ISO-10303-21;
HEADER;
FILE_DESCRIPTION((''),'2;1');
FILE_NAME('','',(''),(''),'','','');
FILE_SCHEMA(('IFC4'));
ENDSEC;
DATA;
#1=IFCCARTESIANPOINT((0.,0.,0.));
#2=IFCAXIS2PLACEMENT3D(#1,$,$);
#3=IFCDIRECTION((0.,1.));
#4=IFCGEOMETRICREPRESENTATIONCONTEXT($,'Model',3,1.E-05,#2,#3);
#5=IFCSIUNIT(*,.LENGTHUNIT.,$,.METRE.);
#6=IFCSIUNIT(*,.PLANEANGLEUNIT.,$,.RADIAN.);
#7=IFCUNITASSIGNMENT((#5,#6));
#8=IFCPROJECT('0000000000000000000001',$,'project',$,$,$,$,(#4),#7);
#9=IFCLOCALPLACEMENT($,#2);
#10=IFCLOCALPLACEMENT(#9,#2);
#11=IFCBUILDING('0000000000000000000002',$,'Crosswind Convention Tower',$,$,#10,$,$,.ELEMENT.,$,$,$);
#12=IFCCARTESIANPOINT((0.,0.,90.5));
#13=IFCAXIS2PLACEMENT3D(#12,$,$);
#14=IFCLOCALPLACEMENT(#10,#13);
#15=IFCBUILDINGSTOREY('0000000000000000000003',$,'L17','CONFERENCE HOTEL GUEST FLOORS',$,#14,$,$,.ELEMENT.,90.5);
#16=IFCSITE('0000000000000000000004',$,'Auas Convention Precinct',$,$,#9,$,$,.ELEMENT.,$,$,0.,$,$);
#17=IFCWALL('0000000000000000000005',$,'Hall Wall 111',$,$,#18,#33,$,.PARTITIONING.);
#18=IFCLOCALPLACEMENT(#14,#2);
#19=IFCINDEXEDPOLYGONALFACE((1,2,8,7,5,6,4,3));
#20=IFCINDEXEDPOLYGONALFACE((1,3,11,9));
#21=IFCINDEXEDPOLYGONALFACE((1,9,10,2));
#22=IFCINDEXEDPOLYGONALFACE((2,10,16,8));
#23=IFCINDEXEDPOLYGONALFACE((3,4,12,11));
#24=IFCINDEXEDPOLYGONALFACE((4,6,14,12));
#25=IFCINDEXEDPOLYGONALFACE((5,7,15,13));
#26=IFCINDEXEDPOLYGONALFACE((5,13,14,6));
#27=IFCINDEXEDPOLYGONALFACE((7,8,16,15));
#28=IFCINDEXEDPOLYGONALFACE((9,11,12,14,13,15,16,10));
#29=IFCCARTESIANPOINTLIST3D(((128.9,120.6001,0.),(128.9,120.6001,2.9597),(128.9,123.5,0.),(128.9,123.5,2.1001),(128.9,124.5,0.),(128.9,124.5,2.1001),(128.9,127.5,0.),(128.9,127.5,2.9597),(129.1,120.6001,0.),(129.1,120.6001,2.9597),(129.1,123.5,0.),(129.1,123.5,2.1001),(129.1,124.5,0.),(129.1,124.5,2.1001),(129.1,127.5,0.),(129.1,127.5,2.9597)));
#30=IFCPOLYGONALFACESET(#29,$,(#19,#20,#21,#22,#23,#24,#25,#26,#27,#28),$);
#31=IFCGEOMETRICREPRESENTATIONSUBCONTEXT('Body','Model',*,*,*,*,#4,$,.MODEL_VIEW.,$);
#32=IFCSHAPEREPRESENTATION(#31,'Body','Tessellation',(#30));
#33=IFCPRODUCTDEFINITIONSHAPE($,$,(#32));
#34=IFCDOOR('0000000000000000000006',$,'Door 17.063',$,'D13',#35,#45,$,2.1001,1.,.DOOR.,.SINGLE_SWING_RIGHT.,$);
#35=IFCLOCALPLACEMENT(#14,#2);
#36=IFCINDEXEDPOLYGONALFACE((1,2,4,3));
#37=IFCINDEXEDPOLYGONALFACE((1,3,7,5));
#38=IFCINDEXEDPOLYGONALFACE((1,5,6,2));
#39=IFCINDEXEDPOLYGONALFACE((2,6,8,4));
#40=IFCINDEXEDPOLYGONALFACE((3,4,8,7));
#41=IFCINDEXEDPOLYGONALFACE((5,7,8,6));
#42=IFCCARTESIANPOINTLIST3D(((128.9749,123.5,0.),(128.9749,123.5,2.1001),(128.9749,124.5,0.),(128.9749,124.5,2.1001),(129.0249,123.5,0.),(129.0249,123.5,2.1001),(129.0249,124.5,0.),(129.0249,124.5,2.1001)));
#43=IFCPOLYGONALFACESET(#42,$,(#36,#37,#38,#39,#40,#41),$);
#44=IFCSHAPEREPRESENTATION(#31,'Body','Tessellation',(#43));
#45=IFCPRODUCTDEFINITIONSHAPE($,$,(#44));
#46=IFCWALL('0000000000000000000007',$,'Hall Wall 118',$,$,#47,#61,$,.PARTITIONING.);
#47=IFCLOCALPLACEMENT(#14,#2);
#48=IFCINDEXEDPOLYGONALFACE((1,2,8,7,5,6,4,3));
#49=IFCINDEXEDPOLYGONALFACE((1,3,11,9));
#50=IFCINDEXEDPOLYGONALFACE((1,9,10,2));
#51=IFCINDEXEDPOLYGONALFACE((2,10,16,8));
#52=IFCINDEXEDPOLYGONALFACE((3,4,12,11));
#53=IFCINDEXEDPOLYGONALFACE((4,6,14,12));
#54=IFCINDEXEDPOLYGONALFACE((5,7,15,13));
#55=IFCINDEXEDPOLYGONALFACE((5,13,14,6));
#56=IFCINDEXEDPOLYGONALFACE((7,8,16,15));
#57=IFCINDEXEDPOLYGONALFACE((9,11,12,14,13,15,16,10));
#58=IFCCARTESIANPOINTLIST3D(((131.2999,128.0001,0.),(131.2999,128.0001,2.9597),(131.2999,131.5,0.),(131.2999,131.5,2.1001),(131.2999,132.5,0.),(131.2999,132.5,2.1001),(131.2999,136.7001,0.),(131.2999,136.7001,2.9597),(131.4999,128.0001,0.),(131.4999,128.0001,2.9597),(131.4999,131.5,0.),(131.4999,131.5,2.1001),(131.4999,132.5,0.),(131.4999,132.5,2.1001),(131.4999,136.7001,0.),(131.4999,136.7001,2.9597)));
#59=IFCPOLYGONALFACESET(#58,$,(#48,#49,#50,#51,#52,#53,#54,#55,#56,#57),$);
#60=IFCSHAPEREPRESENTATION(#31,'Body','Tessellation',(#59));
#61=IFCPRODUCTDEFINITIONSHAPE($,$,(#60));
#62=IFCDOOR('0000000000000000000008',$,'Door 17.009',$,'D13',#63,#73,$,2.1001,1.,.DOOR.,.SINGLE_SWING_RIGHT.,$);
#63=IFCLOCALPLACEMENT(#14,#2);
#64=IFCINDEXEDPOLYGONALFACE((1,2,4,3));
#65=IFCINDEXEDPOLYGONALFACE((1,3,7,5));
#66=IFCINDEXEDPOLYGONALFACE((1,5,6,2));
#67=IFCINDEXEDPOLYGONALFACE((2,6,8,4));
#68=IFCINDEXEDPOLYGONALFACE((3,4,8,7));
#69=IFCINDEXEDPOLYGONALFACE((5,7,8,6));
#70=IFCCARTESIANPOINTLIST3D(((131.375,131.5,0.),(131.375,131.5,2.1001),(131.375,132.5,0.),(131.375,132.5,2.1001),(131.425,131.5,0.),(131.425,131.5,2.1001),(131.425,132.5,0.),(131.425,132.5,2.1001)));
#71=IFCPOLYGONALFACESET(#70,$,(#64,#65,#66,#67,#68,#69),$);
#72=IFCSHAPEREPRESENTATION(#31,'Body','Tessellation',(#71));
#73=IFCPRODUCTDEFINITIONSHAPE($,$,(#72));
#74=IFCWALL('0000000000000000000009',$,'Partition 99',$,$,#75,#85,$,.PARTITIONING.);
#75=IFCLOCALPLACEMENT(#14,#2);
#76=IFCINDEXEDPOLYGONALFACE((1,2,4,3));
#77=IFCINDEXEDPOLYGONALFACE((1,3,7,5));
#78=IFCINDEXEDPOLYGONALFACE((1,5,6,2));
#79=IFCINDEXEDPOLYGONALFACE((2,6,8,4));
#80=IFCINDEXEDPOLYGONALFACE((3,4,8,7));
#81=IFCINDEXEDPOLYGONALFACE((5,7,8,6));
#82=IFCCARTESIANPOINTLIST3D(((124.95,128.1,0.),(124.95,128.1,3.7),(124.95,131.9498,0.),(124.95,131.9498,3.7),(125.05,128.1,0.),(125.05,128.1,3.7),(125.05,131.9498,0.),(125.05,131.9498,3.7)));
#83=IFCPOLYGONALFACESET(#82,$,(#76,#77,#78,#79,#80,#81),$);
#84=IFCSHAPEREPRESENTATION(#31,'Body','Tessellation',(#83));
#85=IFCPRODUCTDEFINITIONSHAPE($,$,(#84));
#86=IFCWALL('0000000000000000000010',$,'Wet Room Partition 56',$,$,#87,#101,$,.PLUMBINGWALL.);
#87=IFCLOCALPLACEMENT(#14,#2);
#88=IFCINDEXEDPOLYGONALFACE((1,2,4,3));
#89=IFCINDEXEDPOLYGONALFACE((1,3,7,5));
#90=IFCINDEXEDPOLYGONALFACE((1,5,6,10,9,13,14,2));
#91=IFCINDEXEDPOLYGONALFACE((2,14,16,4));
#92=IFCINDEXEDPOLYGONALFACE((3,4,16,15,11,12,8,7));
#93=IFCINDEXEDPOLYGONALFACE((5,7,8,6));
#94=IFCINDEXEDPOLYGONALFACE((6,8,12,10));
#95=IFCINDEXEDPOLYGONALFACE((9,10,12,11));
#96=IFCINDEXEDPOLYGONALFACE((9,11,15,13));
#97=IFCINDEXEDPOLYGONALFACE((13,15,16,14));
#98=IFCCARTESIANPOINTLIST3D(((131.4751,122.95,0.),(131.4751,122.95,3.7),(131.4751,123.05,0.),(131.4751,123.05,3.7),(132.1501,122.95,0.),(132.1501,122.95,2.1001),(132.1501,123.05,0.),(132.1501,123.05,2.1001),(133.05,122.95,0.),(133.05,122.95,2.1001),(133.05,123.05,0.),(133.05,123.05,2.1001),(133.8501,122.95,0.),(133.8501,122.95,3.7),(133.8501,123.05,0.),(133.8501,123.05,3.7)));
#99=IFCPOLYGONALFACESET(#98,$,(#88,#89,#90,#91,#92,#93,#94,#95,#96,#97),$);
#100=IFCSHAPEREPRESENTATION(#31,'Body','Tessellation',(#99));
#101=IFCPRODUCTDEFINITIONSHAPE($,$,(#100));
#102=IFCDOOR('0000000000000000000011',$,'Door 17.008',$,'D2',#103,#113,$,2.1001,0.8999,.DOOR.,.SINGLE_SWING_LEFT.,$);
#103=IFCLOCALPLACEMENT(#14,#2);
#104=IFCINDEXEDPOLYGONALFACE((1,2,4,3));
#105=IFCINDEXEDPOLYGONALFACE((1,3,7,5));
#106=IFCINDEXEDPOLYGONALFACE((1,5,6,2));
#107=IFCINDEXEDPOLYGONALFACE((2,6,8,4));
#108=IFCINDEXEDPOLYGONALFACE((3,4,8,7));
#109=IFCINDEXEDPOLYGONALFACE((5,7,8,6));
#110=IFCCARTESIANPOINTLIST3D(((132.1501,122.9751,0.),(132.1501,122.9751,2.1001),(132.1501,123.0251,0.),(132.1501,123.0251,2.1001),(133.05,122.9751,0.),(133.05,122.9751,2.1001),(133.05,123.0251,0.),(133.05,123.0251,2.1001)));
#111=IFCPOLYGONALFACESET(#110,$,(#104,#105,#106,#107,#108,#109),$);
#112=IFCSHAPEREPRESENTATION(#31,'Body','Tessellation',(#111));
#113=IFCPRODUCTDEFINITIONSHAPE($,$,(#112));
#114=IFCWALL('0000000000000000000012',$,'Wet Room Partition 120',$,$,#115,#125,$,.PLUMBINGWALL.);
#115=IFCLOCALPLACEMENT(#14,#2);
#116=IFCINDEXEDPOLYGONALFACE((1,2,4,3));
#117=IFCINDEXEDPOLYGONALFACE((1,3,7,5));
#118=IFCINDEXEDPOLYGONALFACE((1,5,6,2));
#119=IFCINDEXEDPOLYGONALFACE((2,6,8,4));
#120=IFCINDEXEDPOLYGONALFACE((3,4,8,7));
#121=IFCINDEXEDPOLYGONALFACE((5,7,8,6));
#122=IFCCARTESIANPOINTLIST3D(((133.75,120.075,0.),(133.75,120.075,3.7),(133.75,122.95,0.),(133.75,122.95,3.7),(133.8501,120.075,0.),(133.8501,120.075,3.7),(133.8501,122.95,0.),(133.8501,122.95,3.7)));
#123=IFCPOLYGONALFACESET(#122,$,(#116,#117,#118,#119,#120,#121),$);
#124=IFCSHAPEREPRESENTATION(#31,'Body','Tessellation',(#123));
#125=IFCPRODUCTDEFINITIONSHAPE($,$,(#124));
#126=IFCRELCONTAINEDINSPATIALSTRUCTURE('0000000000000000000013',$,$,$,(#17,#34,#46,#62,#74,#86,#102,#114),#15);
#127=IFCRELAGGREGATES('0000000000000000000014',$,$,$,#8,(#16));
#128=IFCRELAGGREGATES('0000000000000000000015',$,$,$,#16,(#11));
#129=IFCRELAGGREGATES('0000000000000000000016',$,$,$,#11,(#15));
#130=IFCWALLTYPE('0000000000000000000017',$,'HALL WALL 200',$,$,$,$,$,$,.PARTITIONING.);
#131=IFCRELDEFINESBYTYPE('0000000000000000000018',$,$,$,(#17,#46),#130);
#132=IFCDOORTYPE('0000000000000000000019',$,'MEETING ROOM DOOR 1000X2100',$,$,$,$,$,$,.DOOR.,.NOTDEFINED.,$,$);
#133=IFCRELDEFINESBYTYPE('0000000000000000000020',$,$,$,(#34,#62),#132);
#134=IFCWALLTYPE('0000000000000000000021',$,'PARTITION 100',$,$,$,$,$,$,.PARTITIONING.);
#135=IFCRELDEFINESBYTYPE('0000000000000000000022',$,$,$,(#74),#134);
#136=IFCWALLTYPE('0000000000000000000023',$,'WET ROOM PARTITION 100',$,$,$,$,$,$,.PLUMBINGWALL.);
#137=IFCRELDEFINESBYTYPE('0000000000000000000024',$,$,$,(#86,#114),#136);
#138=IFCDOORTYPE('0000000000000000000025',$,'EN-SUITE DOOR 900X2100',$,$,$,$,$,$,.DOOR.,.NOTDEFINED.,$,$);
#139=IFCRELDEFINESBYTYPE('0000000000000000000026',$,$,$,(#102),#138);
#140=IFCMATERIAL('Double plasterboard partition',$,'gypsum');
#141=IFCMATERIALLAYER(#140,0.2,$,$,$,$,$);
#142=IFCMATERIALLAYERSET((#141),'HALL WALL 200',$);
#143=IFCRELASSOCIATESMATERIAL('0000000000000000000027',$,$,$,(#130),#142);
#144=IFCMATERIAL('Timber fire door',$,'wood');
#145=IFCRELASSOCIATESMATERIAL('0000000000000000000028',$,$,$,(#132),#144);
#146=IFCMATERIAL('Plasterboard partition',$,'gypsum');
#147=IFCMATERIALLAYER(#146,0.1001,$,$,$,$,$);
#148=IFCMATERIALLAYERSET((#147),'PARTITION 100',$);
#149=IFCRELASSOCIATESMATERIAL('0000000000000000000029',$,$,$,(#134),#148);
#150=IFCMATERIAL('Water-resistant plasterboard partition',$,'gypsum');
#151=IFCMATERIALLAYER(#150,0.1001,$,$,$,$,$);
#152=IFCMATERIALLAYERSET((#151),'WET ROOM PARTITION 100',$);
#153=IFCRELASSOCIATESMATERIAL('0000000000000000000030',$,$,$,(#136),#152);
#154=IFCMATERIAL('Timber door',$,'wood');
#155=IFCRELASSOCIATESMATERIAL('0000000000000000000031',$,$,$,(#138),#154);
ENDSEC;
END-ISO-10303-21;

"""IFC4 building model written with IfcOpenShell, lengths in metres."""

from ifc_helpers import new_model, si_unit, direction, frame, frame_2d, origin, place, context, subcontext, project, spatial, rectangle, extrude, material, layer, layer_set, type_object, element, fill, save


model = new_model("IFC4")

# Units and contexts
model_context = context("Model", 3, precision=1e-05, world=origin(), true_north=direction((0.0, 1.0)))
body_context = subcontext(model_context, "Body", "Model", "MODEL_VIEW")
ifc_project = project(units=[si_unit("LENGTHUNIT", "METRE"), si_unit("PLANEANGLEUNIT", "RADIAN")], contexts=[model_context])

# Site, building, storey
site_placement = place(None, origin())
site = spatial("IfcSite", under=ifc_project, at=site_placement, Name="Auas Convention Precinct", CompositionType="ELEMENT", RefElevation=0.0)
building_placement = place(site_placement, origin())
building = spatial("IfcBuilding", under=site, at=building_placement, Name="Crosswind Convention Tower", CompositionType="ELEMENT")
storey_placement = place(building_placement, frame((0.0, 0.0, 90.5)))
storey = spatial("IfcBuildingStorey", under=building, at=storey_placement, Name="L17", Description="CONFERENCE HOTEL GUEST FLOORS", CompositionType="ELEMENT", Elevation=90.5)

# Shared definitions
ifc_material_1 = material(Name="Double plasterboard partition", Category="gypsum")
ifc_layer_1 = layer(ifc_material_1, 0.2)
ifc_layer_set_1 = layer_set([ifc_layer_1], Name="HALL WALL 200")
wall_type_1 = type_object("IfcWallType", Name="HALL WALL 200", PredefinedType="PARTITIONING", material=ifc_layer_set_1)

# Walls, openings, doors
wall_1_placement = place(storey_placement, frame((129.0, 120.6001, 0.0), z_axis=(0.0, 0.0, 1.0), x_axis=(0.0, 1.0, 0.0)))
wall_1 = element("IfcWall", 1, at=wall_1_placement, inside=storey, type_object=wall_type_1, Name="Hall Wall 111", PredefinedType="PARTITIONING", context=body_context, shape_type="SweptSolid", body=[
    extrude(rectangle(XDim=6.8999, YDim=0.2, at=frame_2d((3.45, 0.0))), origin(), (0.0, 0.0, 1.0), 2.9597),
])
opening_1_placement = place(wall_1_placement, frame((2.8999, 0.0, 0.0)))
opening_1 = element("IfcOpeningElement", 2, at=opening_1_placement, cuts=wall_1, PredefinedType="OPENING", context=body_context, shape_type="SweptSolid", body=[
    extrude(rectangle(XDim=1.0, YDim=2.1001, at=frame_2d((0.5, 1.05))), frame((0.0, 0.1099, 0.0), z_axis=(0.0, -1.0, 0.0), x_axis=(1.0, 0.0, 0.0)), (0.0, 0.0, 1.0), 0.22),
])
ifc_material_2 = material(Name="Timber fire door", Category="wood")
door_type_1 = type_object("IfcDoorType", Name="MEETING ROOM DOOR 1000X2100", OperationType="NOTDEFINED", PredefinedType="DOOR", material=ifc_material_2)
door_1_placement = place(opening_1_placement, frame((1.0, 0.0, 0.0), z_axis=(0.0, 0.0, 1.0), x_axis=(-1.0, 0.0, 0.0)))
door_1 = element("IfcDoor", 3, at=door_1_placement, inside=storey, type_object=door_type_1, Name="Door 17.063", ObjectType="D13", OperationType="SINGLE_SWING_RIGHT", OverallHeight=2.1001, OverallWidth=1.0, PredefinedType="DOOR", context=body_context, shape_type="SweptSolid", body=[
    extrude(rectangle(XDim=1.0, YDim=2.1001, at=frame_2d((0.5, 1.05))), frame((0.0, 0.0249, 0.0), z_axis=(0.0, -1.0, 0.0), x_axis=(1.0, 0.0, 0.0)), (0.0, 0.0, 1.0), 0.05),
])
fill(opening_1, door_1)
wall_2_placement = place(storey_placement, frame((131.3999, 128.0, 0.0), z_axis=(0.0, 0.0, 1.0), x_axis=(0.0, 1.0, 0.0)))
wall_2 = element("IfcWall", 4, at=wall_2_placement, inside=storey, type_object=wall_type_1, Name="Hall Wall 118", PredefinedType="PARTITIONING", context=body_context, shape_type="SweptSolid", body=[
    extrude(rectangle(XDim=8.7, YDim=0.2, at=frame_2d((4.3501, 0.0))), origin(), (0.0, 0.0, 1.0), 2.9597),
])
opening_2_placement = place(wall_2_placement, frame((3.5, 0.0, 0.0)))
opening_2 = element("IfcOpeningElement", 5, at=opening_2_placement, cuts=wall_2, PredefinedType="OPENING", context=body_context, shape_type="SweptSolid", body=[
    extrude(rectangle(XDim=1.0, YDim=2.1001, at=frame_2d((0.5, 1.05))), frame((0.0, 0.1099, 0.0), z_axis=(0.0, -1.0, 0.0), x_axis=(1.0, 0.0, 0.0)), (0.0, 0.0, 1.0), 0.22),
])
door_2_placement = place(opening_2_placement, origin())
door_2 = element("IfcDoor", 6, at=door_2_placement, inside=storey, type_object=door_type_1, Name="Door 17.009", ObjectType="D13", OperationType="SINGLE_SWING_RIGHT", OverallHeight=2.1001, OverallWidth=1.0, PredefinedType="DOOR", context=body_context, shape_type="SweptSolid", body=[
    extrude(rectangle(XDim=1.0, YDim=2.1001, at=frame_2d((0.5, 1.05))), frame((0.0, 0.0249, 0.0), z_axis=(0.0, -1.0, 0.0), x_axis=(1.0, 0.0, 0.0)), (0.0, 0.0, 1.0), 0.05),
])
fill(opening_2, door_2)

# Wall
ifc_material_3 = material(Name="Plasterboard partition", Category="gypsum")
ifc_layer_2 = layer(ifc_material_3, 0.1001)
ifc_layer_set_2 = layer_set([ifc_layer_2], Name="PARTITION 100")
wall_type_2 = type_object("IfcWallType", Name="PARTITION 100", PredefinedType="PARTITIONING", material=ifc_layer_set_2)
wall_3_placement = place(storey_placement, frame((125.0, 128.1001, 0.0), z_axis=(0.0, 0.0, 1.0), x_axis=(0.0, 1.0, 0.0)))
element("IfcWall", 7, at=wall_3_placement, inside=storey, type_object=wall_type_2, Name="Partition 99", PredefinedType="PARTITIONING", context=body_context, shape_type="SweptSolid", body=[
    extrude(rectangle(XDim=3.8499, YDim=0.1001, at=frame_2d((1.9248, 0.0))), origin(), (0.0, 0.0, 1.0), 3.7),
])

# Wall, opening, door
ifc_material_4 = material(Name="Water-resistant plasterboard partition", Category="gypsum")
ifc_layer_3 = layer(ifc_material_4, 0.1001)
ifc_layer_set_3 = layer_set([ifc_layer_3], Name="WET ROOM PARTITION 100")
wall_type_3 = type_object("IfcWallType", Name="WET ROOM PARTITION 100", PredefinedType="PLUMBINGWALL", material=ifc_layer_set_3)
wall_4_placement = place(storey_placement, frame((131.4751, 123.0, 0.0), z_axis=(0.0, 0.0, 1.0), x_axis=(1.0, 0.0, 0.0)))
wall_4 = element("IfcWall", 8, at=wall_4_placement, inside=storey, type_object=wall_type_3, Name="Wet Room Partition 56", PredefinedType="PLUMBINGWALL", context=body_context, shape_type="SweptSolid", body=[
    extrude(rectangle(XDim=2.375, YDim=0.1001, at=frame_2d((1.1875, 0.0))), origin(), (0.0, 0.0, 1.0), 3.7),
])
opening_3_placement = place(wall_4_placement, frame((0.675, 0.0, 0.0)))
opening_3 = element("IfcOpeningElement", 9, at=opening_3_placement, cuts=wall_4, PredefinedType="OPENING", context=body_context, shape_type="SweptSolid", body=[
    extrude(rectangle(XDim=0.8999, YDim=2.1001, at=frame_2d((0.45, 1.05))), frame((0.0, 0.0601, 0.0), z_axis=(0.0, -1.0, 0.0), x_axis=(1.0, 0.0, 0.0)), (0.0, 0.0, 1.0), 0.1201),
])
ifc_material_5 = material(Name="Timber door", Category="wood")
door_type_2 = type_object("IfcDoorType", Name="EN-SUITE DOOR 900X2100", OperationType="NOTDEFINED", PredefinedType="DOOR", material=ifc_material_5)
door_3_placement = place(opening_3_placement, frame((0.8999, 0.0, 0.0), z_axis=(0.0, 0.0, 1.0), x_axis=(-1.0, 0.0, 0.0)))
door_3 = element("IfcDoor", 10, at=door_3_placement, inside=storey, type_object=door_type_2, Name="Door 17.008", ObjectType="D2", OperationType="SINGLE_SWING_LEFT", OverallHeight=2.1001, OverallWidth=0.8999, PredefinedType="DOOR", context=body_context, shape_type="SweptSolid", body=[
    extrude(rectangle(XDim=0.8999, YDim=2.1001, at=frame_2d((0.45, 1.05))), frame((0.0, 0.0249, 0.0), z_axis=(0.0, -1.0, 0.0), x_axis=(1.0, 0.0, 0.0)), (0.0, 0.0, 1.0), 0.05),
])
fill(opening_3, door_3)

# Wall
wall_5_placement = place(storey_placement, frame((133.8, 120.075, 0.0), z_axis=(0.0, 0.0, 1.0), x_axis=(0.0, 1.0, 0.0)))
element("IfcWall", 11, at=wall_5_placement, inside=storey, type_object=wall_type_3, Name="Wet Room Partition 120", PredefinedType="PLUMBINGWALL", context=body_context, shape_type="SweptSolid", body=[
    extrude(rectangle(XDim=2.875, YDim=0.1001, at=frame_2d((1.4375, 0.0))), origin(), (0.0, 0.0, 1.0), 3.7),
])

save(model, "model.ifc")
